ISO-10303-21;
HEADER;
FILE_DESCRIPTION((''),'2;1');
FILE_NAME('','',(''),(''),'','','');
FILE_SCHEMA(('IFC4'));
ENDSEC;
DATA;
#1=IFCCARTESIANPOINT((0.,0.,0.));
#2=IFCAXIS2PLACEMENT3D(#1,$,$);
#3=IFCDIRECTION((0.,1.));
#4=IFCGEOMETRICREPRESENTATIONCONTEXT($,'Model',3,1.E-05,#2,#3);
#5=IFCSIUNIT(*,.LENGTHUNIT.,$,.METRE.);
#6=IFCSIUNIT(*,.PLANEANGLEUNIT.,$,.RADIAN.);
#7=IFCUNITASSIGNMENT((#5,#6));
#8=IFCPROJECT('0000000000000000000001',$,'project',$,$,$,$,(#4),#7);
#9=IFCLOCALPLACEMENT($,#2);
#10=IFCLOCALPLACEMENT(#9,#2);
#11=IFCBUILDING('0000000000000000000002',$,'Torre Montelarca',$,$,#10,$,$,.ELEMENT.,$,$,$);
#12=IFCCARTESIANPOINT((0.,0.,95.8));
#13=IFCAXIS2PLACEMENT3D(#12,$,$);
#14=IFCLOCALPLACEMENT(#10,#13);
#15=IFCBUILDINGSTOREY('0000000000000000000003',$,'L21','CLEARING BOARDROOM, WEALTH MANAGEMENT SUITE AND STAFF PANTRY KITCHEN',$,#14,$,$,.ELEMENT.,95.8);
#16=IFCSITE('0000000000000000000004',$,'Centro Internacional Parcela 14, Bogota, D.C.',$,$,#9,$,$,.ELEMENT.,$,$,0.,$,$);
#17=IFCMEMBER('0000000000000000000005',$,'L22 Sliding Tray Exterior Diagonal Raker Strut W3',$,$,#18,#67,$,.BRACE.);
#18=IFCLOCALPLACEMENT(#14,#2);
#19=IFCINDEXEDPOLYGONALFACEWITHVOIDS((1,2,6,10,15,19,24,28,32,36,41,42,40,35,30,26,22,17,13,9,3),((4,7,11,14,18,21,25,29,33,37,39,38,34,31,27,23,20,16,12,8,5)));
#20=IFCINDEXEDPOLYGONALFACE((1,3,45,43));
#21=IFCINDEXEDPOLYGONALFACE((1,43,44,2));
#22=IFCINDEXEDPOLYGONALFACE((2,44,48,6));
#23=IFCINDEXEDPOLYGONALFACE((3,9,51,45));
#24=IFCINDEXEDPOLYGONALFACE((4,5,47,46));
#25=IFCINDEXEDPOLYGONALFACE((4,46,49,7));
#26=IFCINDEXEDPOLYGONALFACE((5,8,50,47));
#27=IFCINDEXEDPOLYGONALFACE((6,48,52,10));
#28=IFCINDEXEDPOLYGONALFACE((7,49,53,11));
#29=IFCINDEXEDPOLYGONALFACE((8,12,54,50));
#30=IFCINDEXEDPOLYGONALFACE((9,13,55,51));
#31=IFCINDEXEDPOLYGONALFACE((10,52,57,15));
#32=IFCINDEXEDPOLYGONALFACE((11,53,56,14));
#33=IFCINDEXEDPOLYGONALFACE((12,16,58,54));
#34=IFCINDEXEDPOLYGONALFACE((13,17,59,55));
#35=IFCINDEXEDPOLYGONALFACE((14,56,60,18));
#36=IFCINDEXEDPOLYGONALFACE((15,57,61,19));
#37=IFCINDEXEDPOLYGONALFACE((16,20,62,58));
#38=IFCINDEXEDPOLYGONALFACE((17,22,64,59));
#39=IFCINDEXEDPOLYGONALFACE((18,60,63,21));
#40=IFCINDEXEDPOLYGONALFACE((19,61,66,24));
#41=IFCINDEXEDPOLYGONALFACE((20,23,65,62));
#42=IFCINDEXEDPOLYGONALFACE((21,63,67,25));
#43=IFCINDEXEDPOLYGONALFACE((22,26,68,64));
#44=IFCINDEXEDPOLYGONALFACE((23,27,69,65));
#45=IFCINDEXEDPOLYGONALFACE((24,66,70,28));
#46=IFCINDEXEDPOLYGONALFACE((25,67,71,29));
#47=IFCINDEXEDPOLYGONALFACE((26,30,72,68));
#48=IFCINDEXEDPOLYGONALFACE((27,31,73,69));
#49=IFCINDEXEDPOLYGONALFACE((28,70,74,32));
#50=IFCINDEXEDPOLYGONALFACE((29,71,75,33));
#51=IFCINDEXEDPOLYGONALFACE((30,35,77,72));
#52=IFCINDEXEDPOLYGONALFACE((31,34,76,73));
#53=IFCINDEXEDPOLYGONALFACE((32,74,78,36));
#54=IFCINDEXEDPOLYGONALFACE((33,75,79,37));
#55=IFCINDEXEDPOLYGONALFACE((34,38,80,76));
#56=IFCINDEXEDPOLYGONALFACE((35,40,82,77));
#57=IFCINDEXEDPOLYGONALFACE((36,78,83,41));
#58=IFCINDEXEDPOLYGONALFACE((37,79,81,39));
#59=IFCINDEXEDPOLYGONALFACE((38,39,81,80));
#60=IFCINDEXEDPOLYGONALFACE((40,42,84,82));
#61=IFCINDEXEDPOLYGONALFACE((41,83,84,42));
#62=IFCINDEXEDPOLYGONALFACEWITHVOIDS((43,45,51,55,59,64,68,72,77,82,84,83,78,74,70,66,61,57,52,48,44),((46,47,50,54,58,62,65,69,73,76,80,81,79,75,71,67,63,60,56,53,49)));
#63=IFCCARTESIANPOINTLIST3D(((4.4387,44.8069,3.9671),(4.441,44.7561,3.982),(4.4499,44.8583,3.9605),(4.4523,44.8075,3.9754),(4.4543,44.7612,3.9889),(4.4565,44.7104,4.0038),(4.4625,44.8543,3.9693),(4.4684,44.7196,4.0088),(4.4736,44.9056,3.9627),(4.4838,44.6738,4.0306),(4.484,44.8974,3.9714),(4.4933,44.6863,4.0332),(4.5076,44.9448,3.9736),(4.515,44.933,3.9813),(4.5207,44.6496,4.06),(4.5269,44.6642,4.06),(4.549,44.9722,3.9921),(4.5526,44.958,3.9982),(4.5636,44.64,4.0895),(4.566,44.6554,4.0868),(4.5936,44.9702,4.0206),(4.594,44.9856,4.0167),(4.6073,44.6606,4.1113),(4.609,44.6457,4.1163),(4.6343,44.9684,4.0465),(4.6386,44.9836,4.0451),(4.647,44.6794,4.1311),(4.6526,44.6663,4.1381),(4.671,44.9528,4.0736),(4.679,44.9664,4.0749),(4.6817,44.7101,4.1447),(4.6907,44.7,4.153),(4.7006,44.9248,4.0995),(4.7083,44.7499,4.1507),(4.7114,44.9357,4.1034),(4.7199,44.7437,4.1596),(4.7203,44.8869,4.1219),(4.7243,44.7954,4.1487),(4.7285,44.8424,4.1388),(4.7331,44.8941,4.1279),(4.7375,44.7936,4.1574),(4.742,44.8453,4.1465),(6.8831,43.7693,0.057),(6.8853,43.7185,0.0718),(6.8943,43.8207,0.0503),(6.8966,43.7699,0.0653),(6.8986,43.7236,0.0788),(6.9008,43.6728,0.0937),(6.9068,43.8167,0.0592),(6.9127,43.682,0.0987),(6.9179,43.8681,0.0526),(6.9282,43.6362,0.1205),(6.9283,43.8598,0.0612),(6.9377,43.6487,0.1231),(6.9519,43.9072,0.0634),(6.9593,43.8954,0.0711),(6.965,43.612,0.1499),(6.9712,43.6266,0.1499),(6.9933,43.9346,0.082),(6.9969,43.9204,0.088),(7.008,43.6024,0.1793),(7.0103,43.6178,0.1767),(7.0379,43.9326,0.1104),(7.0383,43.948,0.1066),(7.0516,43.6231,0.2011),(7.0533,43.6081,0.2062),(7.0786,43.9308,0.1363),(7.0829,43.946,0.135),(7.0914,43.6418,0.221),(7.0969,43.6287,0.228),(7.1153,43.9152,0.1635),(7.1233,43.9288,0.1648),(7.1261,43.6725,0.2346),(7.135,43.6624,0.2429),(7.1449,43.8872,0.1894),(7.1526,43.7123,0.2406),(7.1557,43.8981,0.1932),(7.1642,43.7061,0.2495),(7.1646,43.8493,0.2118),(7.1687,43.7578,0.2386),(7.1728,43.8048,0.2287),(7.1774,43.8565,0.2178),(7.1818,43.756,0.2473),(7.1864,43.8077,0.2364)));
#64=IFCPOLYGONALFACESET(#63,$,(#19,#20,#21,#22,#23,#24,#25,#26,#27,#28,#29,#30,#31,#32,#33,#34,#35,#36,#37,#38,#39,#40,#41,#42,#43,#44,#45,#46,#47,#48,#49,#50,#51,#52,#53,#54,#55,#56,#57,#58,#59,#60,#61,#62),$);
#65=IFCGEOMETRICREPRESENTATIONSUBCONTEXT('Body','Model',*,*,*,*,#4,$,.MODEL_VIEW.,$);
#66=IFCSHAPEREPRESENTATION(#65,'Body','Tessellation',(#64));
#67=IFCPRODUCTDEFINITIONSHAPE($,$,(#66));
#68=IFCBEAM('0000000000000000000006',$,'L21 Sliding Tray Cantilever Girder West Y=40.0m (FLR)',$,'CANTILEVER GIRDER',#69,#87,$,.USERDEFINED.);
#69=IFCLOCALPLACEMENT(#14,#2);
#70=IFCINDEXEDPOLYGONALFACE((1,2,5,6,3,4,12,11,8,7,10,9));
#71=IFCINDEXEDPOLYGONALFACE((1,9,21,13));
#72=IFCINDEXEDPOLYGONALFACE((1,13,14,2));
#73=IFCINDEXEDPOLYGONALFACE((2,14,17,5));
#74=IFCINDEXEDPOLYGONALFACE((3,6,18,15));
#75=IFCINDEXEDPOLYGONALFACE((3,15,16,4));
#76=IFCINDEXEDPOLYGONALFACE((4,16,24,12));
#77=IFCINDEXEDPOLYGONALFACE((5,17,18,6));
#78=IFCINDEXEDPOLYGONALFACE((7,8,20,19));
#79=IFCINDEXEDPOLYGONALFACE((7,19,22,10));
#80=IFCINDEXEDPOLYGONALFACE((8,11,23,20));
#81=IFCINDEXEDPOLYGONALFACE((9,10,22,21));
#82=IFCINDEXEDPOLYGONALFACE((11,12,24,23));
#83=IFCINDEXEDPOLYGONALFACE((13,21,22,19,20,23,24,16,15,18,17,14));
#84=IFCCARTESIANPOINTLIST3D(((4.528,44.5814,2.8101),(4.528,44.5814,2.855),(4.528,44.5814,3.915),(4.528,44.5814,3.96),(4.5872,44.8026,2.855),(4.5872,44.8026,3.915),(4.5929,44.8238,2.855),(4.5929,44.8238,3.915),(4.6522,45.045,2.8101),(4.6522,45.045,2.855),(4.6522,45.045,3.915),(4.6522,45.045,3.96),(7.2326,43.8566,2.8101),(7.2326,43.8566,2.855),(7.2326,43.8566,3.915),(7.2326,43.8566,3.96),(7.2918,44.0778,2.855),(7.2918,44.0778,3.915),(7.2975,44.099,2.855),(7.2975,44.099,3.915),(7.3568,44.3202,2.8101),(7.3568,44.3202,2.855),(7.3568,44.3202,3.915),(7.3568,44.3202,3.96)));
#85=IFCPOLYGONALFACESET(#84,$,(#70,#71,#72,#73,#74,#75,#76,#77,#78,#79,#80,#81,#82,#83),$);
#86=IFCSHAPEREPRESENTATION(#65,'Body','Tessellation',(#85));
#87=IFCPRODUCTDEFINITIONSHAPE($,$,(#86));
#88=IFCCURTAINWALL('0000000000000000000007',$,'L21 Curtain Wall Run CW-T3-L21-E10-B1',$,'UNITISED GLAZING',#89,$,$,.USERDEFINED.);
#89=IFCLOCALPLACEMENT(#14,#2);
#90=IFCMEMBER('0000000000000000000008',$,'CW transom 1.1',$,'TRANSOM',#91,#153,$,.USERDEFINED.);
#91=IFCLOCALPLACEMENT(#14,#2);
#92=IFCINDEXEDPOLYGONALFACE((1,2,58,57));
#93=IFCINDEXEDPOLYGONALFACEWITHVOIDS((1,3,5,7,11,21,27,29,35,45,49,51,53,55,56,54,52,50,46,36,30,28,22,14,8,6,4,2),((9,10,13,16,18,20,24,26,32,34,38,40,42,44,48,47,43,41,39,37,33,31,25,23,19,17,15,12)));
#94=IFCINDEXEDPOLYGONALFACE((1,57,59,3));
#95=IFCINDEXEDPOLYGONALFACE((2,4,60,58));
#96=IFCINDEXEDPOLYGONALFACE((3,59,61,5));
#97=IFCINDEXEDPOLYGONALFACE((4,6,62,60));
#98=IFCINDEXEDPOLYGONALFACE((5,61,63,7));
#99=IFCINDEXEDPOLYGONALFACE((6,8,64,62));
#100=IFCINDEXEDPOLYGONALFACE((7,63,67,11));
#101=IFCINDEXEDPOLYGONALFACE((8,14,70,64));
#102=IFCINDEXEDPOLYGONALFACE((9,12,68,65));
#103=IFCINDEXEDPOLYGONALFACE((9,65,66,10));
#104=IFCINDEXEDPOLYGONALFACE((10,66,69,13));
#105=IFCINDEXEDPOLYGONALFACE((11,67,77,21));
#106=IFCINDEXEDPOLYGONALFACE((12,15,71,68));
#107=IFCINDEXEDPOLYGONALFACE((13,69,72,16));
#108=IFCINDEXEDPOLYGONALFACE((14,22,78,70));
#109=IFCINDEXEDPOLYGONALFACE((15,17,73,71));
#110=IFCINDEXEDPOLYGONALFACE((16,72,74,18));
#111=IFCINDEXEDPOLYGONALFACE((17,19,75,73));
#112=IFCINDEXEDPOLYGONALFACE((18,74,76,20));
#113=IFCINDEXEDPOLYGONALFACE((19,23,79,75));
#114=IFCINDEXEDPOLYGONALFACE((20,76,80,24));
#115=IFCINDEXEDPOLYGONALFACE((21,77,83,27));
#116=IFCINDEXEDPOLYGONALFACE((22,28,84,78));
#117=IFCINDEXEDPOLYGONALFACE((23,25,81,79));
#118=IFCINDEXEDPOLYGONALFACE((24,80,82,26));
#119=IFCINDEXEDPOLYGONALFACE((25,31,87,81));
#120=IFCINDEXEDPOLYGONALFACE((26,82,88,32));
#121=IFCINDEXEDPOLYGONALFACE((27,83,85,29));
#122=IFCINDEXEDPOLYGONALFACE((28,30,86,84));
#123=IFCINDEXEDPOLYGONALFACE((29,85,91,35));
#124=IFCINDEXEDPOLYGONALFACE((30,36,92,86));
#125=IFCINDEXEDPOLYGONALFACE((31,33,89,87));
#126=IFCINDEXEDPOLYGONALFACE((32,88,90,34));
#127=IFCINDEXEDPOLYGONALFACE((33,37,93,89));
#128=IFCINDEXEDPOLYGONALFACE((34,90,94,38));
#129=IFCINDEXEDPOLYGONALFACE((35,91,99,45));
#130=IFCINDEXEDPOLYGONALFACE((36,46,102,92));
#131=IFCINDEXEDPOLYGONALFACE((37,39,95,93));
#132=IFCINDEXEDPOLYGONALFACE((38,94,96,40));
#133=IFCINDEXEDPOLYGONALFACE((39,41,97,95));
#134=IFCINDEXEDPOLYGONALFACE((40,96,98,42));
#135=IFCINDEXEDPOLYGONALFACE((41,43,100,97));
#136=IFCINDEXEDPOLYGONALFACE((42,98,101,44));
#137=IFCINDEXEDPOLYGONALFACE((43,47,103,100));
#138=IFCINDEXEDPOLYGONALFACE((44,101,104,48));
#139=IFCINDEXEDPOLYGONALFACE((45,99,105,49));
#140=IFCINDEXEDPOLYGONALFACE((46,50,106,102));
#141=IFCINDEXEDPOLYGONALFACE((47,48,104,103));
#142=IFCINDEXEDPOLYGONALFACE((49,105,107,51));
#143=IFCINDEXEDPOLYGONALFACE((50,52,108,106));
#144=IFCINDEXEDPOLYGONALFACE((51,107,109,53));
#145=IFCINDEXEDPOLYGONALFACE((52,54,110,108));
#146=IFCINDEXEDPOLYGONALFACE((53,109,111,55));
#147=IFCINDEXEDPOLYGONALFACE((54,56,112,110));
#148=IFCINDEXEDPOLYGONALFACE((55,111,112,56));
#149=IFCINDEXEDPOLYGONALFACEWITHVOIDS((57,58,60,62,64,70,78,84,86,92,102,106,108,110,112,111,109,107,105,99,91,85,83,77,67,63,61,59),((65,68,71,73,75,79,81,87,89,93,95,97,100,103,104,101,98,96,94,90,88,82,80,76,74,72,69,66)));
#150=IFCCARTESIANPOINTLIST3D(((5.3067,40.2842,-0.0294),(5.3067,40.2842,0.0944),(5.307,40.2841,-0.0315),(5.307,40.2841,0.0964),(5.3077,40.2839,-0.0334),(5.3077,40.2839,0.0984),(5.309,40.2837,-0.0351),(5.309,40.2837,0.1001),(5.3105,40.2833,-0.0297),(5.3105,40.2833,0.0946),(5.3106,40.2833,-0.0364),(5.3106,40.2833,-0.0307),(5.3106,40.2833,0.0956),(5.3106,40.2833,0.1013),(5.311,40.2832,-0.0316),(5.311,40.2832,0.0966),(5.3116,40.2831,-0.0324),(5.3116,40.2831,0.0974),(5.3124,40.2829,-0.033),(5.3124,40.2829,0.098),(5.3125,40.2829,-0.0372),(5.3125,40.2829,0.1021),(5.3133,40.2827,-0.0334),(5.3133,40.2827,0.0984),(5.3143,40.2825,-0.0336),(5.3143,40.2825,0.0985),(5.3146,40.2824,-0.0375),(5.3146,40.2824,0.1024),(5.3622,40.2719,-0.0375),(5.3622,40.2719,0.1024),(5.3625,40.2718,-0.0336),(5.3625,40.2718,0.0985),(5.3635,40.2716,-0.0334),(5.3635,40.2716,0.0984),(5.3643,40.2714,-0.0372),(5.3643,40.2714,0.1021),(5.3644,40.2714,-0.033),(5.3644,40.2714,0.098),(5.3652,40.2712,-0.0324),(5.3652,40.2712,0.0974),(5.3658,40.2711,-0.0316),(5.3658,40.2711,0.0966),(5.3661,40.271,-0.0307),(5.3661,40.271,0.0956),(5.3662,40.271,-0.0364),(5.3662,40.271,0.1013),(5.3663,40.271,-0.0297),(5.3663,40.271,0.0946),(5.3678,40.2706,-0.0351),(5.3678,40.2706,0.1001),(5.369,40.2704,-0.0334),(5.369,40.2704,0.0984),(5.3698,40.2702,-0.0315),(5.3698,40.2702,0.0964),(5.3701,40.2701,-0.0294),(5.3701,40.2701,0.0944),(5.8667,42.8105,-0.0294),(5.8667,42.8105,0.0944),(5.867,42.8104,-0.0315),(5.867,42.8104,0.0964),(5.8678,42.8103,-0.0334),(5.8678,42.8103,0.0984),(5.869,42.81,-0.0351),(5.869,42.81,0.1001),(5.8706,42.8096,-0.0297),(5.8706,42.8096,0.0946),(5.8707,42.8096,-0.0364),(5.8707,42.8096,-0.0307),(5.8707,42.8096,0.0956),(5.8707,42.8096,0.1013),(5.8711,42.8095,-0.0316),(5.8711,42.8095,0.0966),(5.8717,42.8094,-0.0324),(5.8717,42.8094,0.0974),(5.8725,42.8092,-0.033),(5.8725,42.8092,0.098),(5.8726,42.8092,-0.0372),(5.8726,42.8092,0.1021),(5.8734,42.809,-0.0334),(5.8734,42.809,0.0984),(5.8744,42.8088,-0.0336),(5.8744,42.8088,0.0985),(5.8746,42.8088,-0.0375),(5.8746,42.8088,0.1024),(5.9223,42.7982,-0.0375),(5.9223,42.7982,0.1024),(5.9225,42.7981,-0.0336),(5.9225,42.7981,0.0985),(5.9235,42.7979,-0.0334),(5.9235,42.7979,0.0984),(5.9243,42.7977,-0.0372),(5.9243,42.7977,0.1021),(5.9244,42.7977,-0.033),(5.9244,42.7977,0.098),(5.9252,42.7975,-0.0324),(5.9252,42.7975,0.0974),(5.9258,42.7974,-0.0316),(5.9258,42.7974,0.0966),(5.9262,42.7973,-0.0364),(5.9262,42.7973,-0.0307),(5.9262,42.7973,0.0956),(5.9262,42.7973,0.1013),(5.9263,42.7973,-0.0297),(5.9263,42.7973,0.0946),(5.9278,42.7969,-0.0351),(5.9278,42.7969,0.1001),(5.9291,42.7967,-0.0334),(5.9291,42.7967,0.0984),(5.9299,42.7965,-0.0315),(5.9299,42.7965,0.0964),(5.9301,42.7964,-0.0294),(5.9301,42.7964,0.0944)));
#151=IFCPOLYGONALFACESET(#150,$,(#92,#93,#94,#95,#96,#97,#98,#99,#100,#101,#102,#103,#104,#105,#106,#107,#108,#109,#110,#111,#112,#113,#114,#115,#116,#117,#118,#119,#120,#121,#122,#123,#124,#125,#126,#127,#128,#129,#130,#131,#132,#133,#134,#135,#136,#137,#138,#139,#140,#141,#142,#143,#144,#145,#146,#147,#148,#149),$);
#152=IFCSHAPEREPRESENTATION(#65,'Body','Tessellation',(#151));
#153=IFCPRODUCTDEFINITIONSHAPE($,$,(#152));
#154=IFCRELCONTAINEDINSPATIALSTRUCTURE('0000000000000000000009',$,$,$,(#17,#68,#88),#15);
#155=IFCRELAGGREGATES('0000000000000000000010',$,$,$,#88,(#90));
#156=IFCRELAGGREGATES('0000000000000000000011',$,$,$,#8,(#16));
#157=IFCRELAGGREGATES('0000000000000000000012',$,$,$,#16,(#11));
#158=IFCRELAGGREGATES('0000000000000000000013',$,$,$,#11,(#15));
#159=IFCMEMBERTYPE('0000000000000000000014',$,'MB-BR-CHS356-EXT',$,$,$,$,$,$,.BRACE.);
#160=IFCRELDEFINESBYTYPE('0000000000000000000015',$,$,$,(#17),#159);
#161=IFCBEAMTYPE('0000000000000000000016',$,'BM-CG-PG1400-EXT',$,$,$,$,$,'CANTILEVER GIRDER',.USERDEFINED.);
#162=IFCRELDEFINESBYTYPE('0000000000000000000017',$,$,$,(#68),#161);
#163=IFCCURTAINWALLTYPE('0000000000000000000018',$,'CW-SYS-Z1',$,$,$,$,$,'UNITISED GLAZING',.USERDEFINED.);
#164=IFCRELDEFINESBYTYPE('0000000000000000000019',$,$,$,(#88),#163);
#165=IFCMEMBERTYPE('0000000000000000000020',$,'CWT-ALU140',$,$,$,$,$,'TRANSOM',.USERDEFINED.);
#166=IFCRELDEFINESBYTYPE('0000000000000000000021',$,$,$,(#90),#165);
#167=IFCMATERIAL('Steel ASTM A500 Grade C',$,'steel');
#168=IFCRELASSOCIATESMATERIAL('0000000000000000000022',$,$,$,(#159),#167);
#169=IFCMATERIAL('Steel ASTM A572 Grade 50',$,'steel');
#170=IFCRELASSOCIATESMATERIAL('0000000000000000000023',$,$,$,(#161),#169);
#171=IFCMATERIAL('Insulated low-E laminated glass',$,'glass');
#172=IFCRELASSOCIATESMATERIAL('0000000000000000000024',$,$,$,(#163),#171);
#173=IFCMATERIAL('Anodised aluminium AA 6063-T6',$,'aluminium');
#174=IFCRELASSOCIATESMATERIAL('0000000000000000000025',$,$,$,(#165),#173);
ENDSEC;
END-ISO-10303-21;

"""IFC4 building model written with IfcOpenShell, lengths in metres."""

from ifc_helpers import new_model, si_unit, direction, frame, origin, origin_2d, place, context, subcontext, project, spatial, hollow_rectangle, hollow_circle, i_section, extrude, source, transform, mapped, material, material_profile, profile_set, type_object, element, aggregate, save


model = new_model("IFC4")

# Units and contexts
model_context = context("Model", 3, precision=1e-05, world=origin(), true_north=direction((0.0, 1.0)))
body_context = subcontext(model_context, "Body", "Model", "MODEL_VIEW")
ifc_project = project(units=[si_unit("LENGTHUNIT", "METRE"), si_unit("PLANEANGLEUNIT", "RADIAN")], contexts=[model_context])

# Site, building, storey
site_placement = place(None, origin())
site = spatial("IfcSite", under=ifc_project, at=site_placement, Name="Centro Internacional Parcela 14, Bogota, D.C.", CompositionType="ELEMENT", RefElevation=0.0)
building_placement = place(site_placement, origin())
building = spatial("IfcBuilding", under=site, at=building_placement, Name="Torre Montelarca", CompositionType="ELEMENT")
storey_placement = place(building_placement, frame((0.0, 0.0, 95.8)))
storey = spatial("IfcBuildingStorey", under=building, at=storey_placement, Name="L21", Description="CLEARING BOARDROOM, WEALTH MANAGEMENT SUITE AND STAFF PANTRY KITCHEN", CompositionType="ELEMENT", Elevation=95.8)

# Member
ifc_material_1 = material(Name="Steel ASTM A500 Grade C", Category="steel")
ifc_material_profile_1 = material_profile(ifc_material_1, hollow_circle(Radius=0.1777, WallThickness=0.0159, at=origin_2d()), Name="HSS355.6X15.9", Category="steel")
ifc_profile_set_1 = profile_set([ifc_material_profile_1], Name="Steel ASTM A500 Grade C")
member_type_1 = type_object("IfcMemberType", Name="MB-BR-CHS356-EXT", PredefinedType="BRACE", material=ifc_profile_set_1)
shared_shape_1 = source(origin(), body_context, "Body", "SweptSolid", [
    extrude(hollow_circle(Radius=0.1777, WallThickness=0.0159, at=origin_2d()), origin(), (0.0, 0.0, 1.0), 4.7266),
])
member_1_placement = place(storey_placement, frame((7.0344, 43.7756, 0.1499), z_axis=(-0.517145, 0.219523, 0.827267), x_axis=(-0.390743, -0.9205, 0.0)))
element("IfcMember", 1, at=member_1_placement, inside=storey, type_object=member_type_1, Name="L22 Sliding Tray Exterior Diagonal Raker Strut W3", PredefinedType="BRACE", context=body_context, shape_type="MappedRepresentation", body=[
    mapped(shared_shape_1, transform((0.0, 0.0, 0.0), scale=1.0)),
])

# Beam
ifc_material_2 = material(Name="Steel ASTM A572 Grade 50", Category="steel")
ifc_material_profile_2 = material_profile(ifc_material_2, i_section(OverallWidth=0.48, OverallDepth=1.1499, WebThickness=0.022, FlangeThickness=0.0449, at=origin_2d()), Name="PG1150X480X22X45", Category="steel")
ifc_profile_set_2 = profile_set([ifc_material_profile_2], Name="Steel ASTM A572 Grade 50")
beam_type = type_object("IfcBeamType", Name="BM-CG-PG1400-EXT", ElementType="CANTILEVER GIRDER", PredefinedType="USERDEFINED", material=ifc_profile_set_2)
shared_shape_2 = source(origin(), body_context, "Body", "SweptSolid", [
    extrude(i_section(OverallWidth=0.48, OverallDepth=1.1499, WebThickness=0.022, FlangeThickness=0.0449, at=origin_2d()), origin(), (0.0, 0.0, 1.0), 2.8),
])
beam_placement = place(storey_placement, frame((7.2947, 44.0884, 3.385), z_axis=(-0.965911, 0.258873, 0.0), x_axis=(-0.258873, -0.965911, 0.0)))
element("IfcBeam", 2, at=beam_placement, inside=storey, type_object=beam_type, Name="L21 Sliding Tray Cantilever Girder West Y=40.0m (FLR)", ObjectType="CANTILEVER GIRDER", PredefinedType="USERDEFINED", context=body_context, shape_type="MappedRepresentation", body=[
    mapped(shared_shape_2, transform((0.0, 0.0, 0.0), scale=1.0)),
])

# Curtain wall, member
ifc_material_3 = material(Name="Insulated low-E laminated glass", Category="glass")
curtain_wall_type = type_object("IfcCurtainWallType", Name="CW-SYS-Z1", ElementType="UNITISED GLAZING", PredefinedType="USERDEFINED", material=ifc_material_3)
curtain_wall_1_placement = place(storey_placement, origin())
curtain_wall_1 = element("IfcCurtainWall", 3, at=curtain_wall_1_placement, inside=storey, type_object=curtain_wall_type, Name="L21 Curtain Wall Run CW-T3-L21-E10-B1", ObjectType="UNITISED GLAZING", PredefinedType="USERDEFINED")
ifc_material_4 = material(Name="Anodised aluminium AA 6063-T6", Category="aluminium")
ifc_material_profile_3 = material_profile(ifc_material_4, hollow_rectangle(XDim=0.0649, YDim=0.1399, WallThickness=0.0039, InnerFilletRadius=0.0039, OuterFilletRadius=0.0081, at=origin_2d()), Name="ALU65X140X4", Category="aluminium")
ifc_profile_set_3 = profile_set([ifc_material_profile_3], Name="Anodised aluminium AA 6063-T6")
member_type_2 = type_object("IfcMemberType", Name="CWT-ALU140", ElementType="TRANSOM", PredefinedType="USERDEFINED", material=ifc_profile_set_3)
shared_shape_3 = source(origin(), body_context, "Body", "SweptSolid", [
    extrude(hollow_rectangle(XDim=0.0649, YDim=0.1399, WallThickness=0.0039, InnerFilletRadius=0.0039, OuterFilletRadius=0.0081, at=origin_2d()), origin(), (0.0, 0.0, 1.0), 2.5876),
])
member_2_placement = place(storey_placement, frame((5.8984, 42.8035, 0.0325), z_axis=(-0.216431, -0.976298, 0.0), x_axis=(0.976298, -0.216431, 0.0)))
member_2 = element("IfcMember", 4, at=member_2_placement, type_object=member_type_2, Name="CW transom 1.1", ObjectType="TRANSOM", PredefinedType="USERDEFINED", context=body_context, shape_type="MappedRepresentation", body=[
    mapped(shared_shape_3, transform((0.0, 0.0, 0.0), scale=1.0)),
])

aggregate(curtain_wall_1, [member_2])

save(model, "model.ifc")
